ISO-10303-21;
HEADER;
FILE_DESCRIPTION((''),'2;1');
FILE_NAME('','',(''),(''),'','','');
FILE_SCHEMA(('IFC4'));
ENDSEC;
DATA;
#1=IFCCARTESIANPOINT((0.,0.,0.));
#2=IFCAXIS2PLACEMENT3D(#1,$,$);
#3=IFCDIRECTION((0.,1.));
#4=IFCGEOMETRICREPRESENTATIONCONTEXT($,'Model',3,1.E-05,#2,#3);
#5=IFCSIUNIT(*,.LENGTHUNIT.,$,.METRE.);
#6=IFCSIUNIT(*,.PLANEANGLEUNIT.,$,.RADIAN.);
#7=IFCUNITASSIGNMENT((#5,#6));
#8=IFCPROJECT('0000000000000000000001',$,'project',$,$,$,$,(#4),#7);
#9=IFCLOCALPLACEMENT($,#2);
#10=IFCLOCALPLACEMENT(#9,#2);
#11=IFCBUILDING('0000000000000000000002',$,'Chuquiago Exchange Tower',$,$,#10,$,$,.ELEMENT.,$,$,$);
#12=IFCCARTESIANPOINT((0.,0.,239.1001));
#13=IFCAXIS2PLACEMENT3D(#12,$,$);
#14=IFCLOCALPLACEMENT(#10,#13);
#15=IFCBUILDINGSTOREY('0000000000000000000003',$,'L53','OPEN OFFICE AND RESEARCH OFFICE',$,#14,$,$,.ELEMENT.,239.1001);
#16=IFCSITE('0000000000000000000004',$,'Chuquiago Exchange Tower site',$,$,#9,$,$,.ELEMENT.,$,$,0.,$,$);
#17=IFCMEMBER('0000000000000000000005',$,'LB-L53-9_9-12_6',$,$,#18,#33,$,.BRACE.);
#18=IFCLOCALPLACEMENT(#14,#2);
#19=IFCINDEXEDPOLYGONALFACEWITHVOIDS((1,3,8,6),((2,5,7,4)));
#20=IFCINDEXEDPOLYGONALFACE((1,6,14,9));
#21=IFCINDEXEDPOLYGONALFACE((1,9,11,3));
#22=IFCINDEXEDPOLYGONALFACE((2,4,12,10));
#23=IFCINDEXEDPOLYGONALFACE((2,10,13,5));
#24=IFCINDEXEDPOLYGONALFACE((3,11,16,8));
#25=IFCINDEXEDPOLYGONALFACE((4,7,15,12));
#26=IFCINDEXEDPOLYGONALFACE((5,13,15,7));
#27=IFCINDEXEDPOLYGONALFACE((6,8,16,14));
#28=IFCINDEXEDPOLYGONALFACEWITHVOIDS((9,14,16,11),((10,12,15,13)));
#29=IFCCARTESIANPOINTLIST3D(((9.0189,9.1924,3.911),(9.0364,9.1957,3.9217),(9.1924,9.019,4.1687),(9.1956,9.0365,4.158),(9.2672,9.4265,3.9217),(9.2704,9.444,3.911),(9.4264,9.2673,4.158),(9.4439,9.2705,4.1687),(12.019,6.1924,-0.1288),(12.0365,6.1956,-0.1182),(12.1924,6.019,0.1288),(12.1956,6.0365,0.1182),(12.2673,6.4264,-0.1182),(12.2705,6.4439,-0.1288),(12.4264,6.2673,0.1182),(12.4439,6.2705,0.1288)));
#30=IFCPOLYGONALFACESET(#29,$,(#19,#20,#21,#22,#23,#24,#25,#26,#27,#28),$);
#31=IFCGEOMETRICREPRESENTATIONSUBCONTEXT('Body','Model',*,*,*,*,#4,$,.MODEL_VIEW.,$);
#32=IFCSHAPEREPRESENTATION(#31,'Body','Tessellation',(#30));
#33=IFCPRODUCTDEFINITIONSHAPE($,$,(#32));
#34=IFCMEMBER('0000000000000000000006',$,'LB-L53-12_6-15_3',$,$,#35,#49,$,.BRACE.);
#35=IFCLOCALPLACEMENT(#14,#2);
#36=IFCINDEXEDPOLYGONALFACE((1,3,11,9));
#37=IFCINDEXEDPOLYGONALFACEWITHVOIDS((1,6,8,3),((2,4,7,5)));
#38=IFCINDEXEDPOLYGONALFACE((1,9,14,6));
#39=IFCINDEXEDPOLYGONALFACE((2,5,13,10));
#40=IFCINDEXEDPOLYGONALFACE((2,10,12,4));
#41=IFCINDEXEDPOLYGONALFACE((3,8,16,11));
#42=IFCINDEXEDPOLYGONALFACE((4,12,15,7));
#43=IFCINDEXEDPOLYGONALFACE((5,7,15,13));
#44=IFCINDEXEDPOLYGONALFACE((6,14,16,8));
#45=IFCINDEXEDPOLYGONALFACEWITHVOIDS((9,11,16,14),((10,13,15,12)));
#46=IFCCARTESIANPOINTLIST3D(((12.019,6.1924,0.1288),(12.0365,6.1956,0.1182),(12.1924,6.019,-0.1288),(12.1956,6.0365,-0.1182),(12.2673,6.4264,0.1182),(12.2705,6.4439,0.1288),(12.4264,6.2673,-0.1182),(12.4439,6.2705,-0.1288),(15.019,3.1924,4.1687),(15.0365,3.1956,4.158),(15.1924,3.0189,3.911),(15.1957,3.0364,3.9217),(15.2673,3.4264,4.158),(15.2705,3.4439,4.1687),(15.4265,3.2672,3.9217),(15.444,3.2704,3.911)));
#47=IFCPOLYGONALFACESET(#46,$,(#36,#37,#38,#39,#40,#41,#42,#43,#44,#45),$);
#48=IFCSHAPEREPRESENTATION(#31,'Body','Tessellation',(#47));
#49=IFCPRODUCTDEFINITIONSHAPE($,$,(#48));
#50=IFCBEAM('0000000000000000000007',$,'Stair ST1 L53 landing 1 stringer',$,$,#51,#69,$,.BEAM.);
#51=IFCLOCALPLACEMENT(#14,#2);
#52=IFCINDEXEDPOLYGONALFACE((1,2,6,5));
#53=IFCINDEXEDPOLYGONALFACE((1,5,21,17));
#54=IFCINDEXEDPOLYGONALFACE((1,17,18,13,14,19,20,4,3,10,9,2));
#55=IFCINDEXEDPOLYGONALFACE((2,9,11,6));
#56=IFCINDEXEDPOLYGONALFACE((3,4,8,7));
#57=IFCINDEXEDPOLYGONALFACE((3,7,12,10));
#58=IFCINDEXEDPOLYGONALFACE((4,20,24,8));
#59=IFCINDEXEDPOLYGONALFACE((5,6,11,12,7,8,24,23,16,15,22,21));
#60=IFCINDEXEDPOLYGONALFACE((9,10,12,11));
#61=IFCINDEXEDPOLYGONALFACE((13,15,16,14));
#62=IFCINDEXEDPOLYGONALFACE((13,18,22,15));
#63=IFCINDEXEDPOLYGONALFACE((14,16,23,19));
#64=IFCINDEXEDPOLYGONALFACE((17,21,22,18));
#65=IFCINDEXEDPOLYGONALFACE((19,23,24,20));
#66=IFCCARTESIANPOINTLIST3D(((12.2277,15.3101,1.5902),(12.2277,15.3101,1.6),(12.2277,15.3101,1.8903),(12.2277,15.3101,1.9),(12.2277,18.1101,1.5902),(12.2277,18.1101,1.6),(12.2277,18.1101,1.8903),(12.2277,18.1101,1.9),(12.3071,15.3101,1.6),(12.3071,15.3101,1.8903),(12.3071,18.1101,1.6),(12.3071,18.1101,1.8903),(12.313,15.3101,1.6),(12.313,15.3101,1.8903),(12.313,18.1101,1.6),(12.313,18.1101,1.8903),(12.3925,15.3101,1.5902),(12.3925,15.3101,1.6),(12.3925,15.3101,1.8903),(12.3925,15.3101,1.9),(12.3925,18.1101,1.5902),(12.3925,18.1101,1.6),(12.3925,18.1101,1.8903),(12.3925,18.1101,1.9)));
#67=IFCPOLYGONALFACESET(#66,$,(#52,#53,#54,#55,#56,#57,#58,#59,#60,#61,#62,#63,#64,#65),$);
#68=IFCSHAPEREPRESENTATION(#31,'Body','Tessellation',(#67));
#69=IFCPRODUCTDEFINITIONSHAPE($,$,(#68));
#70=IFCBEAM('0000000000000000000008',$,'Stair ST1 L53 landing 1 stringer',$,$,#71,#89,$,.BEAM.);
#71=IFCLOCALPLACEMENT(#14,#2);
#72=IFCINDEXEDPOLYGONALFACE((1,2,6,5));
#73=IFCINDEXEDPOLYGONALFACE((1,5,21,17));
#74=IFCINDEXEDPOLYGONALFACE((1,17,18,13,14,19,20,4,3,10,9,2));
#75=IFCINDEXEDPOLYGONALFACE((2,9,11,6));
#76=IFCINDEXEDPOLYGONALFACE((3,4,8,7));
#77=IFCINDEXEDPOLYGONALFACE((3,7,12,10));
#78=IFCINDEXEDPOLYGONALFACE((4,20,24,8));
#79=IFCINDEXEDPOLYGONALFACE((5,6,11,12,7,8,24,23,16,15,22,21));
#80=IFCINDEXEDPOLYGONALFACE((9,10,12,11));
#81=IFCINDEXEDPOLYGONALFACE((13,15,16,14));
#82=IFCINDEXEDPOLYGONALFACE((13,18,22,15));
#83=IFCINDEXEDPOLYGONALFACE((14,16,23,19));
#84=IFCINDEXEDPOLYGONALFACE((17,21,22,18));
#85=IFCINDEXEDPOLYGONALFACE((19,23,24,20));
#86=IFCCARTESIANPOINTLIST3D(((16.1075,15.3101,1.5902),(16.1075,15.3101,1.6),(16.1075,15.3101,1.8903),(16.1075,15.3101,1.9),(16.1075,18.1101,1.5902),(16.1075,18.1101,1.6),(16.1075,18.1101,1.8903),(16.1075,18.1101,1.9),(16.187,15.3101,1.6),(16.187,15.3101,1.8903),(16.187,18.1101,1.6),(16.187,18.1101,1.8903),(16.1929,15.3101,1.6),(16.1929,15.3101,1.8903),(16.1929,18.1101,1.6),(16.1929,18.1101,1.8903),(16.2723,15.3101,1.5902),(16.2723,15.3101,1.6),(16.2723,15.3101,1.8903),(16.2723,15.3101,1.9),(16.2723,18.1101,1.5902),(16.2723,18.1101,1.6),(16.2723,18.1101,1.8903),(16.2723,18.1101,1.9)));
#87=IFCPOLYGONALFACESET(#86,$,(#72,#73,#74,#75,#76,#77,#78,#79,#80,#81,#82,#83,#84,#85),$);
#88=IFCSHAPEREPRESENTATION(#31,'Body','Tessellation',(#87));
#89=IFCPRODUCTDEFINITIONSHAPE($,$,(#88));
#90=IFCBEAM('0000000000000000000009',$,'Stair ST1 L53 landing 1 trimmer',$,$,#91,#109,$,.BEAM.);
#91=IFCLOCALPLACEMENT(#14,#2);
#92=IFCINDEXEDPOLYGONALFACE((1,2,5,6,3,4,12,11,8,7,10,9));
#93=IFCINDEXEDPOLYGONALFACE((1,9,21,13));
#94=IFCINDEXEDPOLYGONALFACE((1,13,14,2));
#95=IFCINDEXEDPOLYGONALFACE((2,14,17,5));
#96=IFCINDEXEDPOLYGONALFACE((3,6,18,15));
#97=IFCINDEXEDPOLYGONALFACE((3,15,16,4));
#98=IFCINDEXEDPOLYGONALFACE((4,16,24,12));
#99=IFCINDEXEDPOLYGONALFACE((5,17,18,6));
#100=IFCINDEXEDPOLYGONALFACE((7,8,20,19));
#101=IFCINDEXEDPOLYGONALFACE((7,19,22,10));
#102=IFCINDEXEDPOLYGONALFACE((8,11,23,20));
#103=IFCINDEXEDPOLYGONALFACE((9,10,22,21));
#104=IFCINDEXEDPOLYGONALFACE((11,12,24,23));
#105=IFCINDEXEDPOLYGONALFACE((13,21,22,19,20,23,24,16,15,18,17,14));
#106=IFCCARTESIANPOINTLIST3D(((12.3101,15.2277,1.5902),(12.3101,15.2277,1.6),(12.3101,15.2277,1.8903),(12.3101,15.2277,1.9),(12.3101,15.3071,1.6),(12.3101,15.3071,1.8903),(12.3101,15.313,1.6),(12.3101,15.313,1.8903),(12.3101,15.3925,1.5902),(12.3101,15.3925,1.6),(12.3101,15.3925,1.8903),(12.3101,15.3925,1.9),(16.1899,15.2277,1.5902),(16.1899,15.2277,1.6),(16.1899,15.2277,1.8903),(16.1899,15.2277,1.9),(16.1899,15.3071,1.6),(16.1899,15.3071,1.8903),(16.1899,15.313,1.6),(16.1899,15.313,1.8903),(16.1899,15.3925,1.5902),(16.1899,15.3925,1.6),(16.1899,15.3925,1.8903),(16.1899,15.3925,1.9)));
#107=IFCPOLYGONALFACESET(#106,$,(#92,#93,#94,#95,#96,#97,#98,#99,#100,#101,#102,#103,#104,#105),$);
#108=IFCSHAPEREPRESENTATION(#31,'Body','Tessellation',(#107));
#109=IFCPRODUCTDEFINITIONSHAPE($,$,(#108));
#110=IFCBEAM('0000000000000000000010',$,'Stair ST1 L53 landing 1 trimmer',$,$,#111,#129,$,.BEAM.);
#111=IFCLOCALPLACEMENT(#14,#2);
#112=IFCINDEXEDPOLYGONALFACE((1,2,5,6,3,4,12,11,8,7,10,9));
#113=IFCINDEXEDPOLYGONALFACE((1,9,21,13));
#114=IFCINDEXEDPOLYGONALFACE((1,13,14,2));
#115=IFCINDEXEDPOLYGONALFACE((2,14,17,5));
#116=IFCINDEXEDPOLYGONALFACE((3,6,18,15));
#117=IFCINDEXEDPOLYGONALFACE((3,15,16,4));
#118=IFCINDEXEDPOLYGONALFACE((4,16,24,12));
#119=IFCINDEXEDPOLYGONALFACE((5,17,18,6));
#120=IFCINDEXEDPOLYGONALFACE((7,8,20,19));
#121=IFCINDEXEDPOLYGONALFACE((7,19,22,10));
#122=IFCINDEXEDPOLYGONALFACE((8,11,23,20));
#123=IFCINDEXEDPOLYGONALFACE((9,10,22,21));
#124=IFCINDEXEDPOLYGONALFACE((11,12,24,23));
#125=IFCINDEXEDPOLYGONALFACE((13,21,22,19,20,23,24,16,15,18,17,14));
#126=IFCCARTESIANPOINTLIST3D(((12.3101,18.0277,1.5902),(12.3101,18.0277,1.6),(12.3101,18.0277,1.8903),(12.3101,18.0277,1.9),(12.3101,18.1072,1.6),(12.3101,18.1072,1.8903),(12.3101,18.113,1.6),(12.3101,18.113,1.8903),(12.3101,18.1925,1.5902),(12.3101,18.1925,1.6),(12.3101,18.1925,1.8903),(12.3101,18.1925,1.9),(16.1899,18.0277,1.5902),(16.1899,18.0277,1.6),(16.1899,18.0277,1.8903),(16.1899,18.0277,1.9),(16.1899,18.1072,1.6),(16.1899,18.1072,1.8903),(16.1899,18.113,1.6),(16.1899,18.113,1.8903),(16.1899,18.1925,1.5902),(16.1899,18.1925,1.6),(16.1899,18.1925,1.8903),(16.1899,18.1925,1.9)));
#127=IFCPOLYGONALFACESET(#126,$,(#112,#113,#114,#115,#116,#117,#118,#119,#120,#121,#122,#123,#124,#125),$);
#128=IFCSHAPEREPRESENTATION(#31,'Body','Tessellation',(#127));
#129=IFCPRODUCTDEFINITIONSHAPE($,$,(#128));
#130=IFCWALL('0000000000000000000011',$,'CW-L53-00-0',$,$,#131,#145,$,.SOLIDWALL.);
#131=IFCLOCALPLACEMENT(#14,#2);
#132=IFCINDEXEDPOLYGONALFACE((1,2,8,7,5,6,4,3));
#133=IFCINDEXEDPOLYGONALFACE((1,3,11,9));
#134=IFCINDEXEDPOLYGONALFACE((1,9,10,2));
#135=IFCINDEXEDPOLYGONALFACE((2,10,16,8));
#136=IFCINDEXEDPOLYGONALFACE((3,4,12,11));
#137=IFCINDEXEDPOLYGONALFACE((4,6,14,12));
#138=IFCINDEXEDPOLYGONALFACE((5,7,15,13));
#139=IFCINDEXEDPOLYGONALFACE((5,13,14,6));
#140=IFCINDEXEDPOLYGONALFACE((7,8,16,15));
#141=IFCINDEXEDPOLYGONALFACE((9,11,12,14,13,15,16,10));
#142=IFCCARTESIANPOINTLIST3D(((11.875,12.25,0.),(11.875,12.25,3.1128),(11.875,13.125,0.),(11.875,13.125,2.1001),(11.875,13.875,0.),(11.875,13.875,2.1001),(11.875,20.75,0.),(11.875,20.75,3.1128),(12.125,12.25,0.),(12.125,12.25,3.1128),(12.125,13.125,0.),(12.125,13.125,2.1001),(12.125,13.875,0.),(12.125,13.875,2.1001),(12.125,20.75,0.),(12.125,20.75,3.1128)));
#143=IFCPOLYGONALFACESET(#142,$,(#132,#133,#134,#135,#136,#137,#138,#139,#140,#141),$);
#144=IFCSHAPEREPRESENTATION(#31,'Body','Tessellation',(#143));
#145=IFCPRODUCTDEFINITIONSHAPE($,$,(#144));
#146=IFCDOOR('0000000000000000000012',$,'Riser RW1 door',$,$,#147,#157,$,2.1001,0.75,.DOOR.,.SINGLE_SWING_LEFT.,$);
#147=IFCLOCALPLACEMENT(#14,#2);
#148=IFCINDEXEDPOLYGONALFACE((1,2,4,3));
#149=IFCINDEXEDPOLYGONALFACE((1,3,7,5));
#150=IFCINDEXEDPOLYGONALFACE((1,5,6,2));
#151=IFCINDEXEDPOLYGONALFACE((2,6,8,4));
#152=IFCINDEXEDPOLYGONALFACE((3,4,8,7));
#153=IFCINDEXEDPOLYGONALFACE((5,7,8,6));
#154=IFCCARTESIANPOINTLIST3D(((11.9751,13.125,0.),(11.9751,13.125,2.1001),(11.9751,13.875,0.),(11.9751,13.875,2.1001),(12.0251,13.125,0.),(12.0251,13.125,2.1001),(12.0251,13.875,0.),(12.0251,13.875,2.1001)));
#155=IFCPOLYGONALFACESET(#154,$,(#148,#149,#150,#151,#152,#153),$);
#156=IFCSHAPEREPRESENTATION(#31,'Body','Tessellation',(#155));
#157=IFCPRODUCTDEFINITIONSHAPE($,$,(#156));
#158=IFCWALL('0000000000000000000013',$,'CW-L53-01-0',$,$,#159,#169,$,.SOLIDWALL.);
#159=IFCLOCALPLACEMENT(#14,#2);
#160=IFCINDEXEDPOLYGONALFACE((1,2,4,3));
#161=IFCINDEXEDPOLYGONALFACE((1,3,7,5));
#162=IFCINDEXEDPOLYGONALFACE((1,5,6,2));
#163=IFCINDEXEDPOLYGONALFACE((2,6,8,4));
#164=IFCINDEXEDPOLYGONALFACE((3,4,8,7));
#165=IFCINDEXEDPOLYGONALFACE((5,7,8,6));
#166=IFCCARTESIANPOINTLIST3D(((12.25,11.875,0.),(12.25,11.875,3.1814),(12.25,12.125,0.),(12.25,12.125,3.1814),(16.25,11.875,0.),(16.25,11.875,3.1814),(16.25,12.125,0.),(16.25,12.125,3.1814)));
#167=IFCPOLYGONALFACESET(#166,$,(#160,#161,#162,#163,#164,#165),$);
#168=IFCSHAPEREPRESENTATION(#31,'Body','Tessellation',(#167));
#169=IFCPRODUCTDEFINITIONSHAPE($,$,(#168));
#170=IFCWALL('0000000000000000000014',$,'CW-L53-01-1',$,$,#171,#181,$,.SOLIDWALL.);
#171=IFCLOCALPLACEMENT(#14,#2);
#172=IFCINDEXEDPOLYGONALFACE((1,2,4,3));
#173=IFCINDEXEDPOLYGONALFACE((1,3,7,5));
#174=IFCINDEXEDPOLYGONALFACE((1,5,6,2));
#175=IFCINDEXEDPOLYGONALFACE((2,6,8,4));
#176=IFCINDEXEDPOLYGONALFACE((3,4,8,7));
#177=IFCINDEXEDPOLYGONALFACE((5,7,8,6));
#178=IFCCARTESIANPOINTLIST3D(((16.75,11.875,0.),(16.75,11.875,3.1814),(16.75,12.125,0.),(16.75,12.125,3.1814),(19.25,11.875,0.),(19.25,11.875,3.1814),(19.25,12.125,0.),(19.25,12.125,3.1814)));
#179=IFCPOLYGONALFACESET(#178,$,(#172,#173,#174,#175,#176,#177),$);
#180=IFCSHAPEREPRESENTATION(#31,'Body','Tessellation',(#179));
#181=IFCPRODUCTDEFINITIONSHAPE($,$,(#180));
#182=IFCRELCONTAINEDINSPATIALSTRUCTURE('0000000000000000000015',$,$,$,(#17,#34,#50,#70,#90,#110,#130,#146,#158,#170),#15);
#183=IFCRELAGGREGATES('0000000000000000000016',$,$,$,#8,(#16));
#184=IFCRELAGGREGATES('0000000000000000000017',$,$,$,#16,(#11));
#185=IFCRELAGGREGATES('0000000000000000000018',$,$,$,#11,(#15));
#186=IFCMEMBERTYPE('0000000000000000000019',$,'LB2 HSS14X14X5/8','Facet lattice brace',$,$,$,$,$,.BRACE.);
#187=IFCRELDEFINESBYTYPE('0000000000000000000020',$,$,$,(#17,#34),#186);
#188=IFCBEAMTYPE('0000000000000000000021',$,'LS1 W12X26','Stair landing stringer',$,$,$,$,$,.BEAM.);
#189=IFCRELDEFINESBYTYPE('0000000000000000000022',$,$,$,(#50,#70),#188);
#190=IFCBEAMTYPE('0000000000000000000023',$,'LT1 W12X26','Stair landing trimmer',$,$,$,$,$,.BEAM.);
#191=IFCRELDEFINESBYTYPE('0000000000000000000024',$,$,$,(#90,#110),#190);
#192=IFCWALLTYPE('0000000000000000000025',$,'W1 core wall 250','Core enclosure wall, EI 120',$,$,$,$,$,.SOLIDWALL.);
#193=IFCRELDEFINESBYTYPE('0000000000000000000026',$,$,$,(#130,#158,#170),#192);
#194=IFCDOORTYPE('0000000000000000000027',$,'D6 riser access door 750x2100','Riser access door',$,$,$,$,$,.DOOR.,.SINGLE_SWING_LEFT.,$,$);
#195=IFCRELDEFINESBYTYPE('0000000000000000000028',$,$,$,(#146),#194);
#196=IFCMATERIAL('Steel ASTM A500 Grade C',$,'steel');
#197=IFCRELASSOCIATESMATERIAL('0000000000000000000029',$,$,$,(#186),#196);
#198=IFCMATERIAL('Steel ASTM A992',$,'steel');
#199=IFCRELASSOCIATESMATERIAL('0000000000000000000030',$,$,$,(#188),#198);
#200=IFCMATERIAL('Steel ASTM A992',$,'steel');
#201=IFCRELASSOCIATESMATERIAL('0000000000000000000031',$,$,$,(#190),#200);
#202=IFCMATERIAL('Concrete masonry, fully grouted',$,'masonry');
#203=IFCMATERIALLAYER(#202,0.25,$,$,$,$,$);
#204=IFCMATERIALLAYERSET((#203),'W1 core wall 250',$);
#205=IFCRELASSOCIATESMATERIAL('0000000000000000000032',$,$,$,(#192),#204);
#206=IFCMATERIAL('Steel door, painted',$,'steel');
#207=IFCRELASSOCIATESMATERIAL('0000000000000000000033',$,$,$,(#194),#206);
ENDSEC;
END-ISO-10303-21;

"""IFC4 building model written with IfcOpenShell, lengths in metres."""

from ifc_helpers import new_model, si_unit, direction, frame, frame_2d, origin, origin_2d, place, context, subcontext, project, spatial, rectangle, hollow_rectangle, i_section, extrude, material, layer, layer_set, material_profile, profile_set, type_object, element, fill, save


model = new_model("IFC4")

# Units and contexts
model_context = context("Model", 3, precision=1e-05, world=origin(), true_north=direction((0.0, 1.0)))
body_context = subcontext(model_context, "Body", "Model", "MODEL_VIEW")
ifc_project = project(units=[si_unit("LENGTHUNIT", "METRE"), si_unit("PLANEANGLEUNIT", "RADIAN")], contexts=[model_context])

# Site, building, storey
site_placement = place(None, origin())
site = spatial("IfcSite", under=ifc_project, at=site_placement, Name="Chuquiago Exchange Tower site", CompositionType="ELEMENT", RefElevation=0.0)
building_placement = place(site_placement, origin())
building = spatial("IfcBuilding", under=site, at=building_placement, Name="Chuquiago Exchange Tower", CompositionType="ELEMENT")
storey_placement = place(building_placement, frame((0.0, 0.0, 239.1001)))
storey = spatial("IfcBuildingStorey", under=building, at=storey_placement, Name="L53", Description="OPEN OFFICE AND RESEARCH OFFICE", CompositionType="ELEMENT", Elevation=239.1001)

# Members
ifc_material_1 = material(Name="Steel ASTM A500 Grade C", Category="steel")
ifc_material_profile_1 = material_profile(ifc_material_1, hollow_rectangle(XDim=0.3557, YDim=0.3557, WallThickness=0.0146, at=origin_2d()), Name="HSS14X14X5/8")
ifc_profile_set_1 = profile_set([ifc_material_profile_1], Name="Steel ASTM A500 Grade C")
member_type_1 = type_object("IfcMemberType", Name="LB2 HSS14X14X5/8", Description="Facet lattice brace", PredefinedType="BRACE", material=ifc_profile_set_1)
for number, where, z_axis, x_axis, name in (
    (1, (12.2314, 6.2314, 0.0), (-0.512092, 0.512092, 0.689582), (-0.707107, -0.707107, 0.0), "LB-L53-9_9-12_6"),
    (2, (12.2314, 6.2314, 0.0), (0.512092, -0.512092, 0.689582), (0.707107, 0.707107, 0.0), "LB-L53-12_6-15_3"),
):
    element("IfcMember", number, at=place(storey_placement, frame(where, z_axis=z_axis, x_axis=x_axis)), inside=storey, type_object=member_type_1, Name=name, PredefinedType="BRACE", context=body_context, shape_type="SweptSolid", body=[
        extrude(hollow_rectangle(XDim=0.3557, YDim=0.3557, WallThickness=0.0146, at=origin_2d()), origin(), (0.0, 0.0, 1.0), 5.8584),
    ])

# Beams
ifc_material_2 = material(Name="Steel ASTM A992", Category="steel")
ifc_material_profile_2 = material_profile(ifc_material_2, i_section(OverallWidth=0.1648, OverallDepth=0.3098, WebThickness=0.0059, FlangeThickness=0.0098, at=origin_2d()), Name="W12X26")
ifc_profile_set_2 = profile_set([ifc_material_profile_2], Name="Steel ASTM A992")
beam_type_1 = type_object("IfcBeamType", Name="LS1 W12X26", Description="Stair landing stringer", PredefinedType="BEAM", material=ifc_profile_set_2)
for number, where, z_axis, x_axis, name in (
    (3, (12.3101, 15.3101, 1.7451), (0.0, 1.0, 0.0), (-1.0, 0.0, 0.0), "Stair ST1 L53 landing 1 stringer"),
    (4, (16.1899, 15.3101, 1.7451), (0.0, 1.0, 0.0), (-1.0, 0.0, 0.0), "Stair ST1 L53 landing 1 stringer"),
):
    element("IfcBeam", number, at=place(storey_placement, frame(where, z_axis=z_axis, x_axis=x_axis)), inside=storey, type_object=beam_type_1, Name=name, PredefinedType="BEAM", context=body_context, shape_type="SweptSolid", body=[
        extrude(i_section(OverallWidth=0.1648, OverallDepth=0.3098, WebThickness=0.0059, FlangeThickness=0.0098, at=origin_2d()), origin(), (0.0, 0.0, 1.0), 2.8),
    ])
ifc_material_3 = material(Name="Steel ASTM A992", Category="steel")
ifc_material_profile_3 = material_profile(ifc_material_3, i_section(OverallWidth=0.1648, OverallDepth=0.3098, WebThickness=0.0059, FlangeThickness=0.0098, at=origin_2d()), Name="W12X26")
ifc_profile_set_3 = profile_set([ifc_material_profile_3], Name="Steel ASTM A992")
beam_type_2 = type_object("IfcBeamType", Name="LT1 W12X26", Description="Stair landing trimmer", PredefinedType="BEAM", material=ifc_profile_set_3)
for number, where, z_axis, x_axis, name in (
    (5, (12.3101, 15.3101, 1.7451), (1.0, 0.0, 0.0), (0.0, 1.0, 0.0), "Stair ST1 L53 landing 1 trimmer"),
    (6, (12.3101, 18.1101, 1.7451), (1.0, 0.0, 0.0), (0.0, 1.0, 0.0), "Stair ST1 L53 landing 1 trimmer"),
):
    element("IfcBeam", number, at=place(storey_placement, frame(where, z_axis=z_axis, x_axis=x_axis)), inside=storey, type_object=beam_type_2, Name=name, PredefinedType="BEAM", context=body_context, shape_type="SweptSolid", body=[
        extrude(i_section(OverallWidth=0.1648, OverallDepth=0.3098, WebThickness=0.0059, FlangeThickness=0.0098, at=origin_2d()), origin(), (0.0, 0.0, 1.0), 3.8799),
    ])

# Wall, opening, door
ifc_material_4 = material(Name="Concrete masonry, fully grouted", Category="masonry")
ifc_layer_1 = layer(ifc_material_4, 0.25)
ifc_layer_set_1 = layer_set([ifc_layer_1], Name="W1 core wall 250")
wall_type_1 = type_object("IfcWallType", Name="W1 core wall 250", Description="Core enclosure wall, EI 120", PredefinedType="SOLIDWALL", material=ifc_layer_set_1)
wall_1_placement = place(storey_placement, frame((12.0, 12.25, 0.0), z_axis=(0.0, 0.0, 1.0), x_axis=(0.0, 1.0, 0.0)))
wall_1 = element("IfcWall", 7, at=wall_1_placement, inside=storey, type_object=wall_type_1, Name="CW-L53-00-0", PredefinedType="SOLIDWALL", context=body_context, shape_type="SweptSolid", body=[
    extrude(rectangle(XDim=8.5, YDim=0.25, at=frame_2d((4.25, 0.0))), origin(), (0.0, 0.0, 1.0), 3.1128),
])
opening_placement = place(wall_1_placement, frame((0.875, 0.0, 0.0)))
opening = element("IfcOpeningElement", 8, at=opening_placement, cuts=wall_1, PredefinedType="OPENING", context=body_context, shape_type="SweptSolid", body=[
    extrude(rectangle(XDim=0.75, YDim=2.1001, at=frame_2d((0.375, 1.05))), frame((0.0, 0.135, 0.0), z_axis=(0.0, -1.0, 0.0), x_axis=(1.0, 0.0, 0.0)), (0.0, 0.0, 1.0), 0.27),
])
ifc_material_5 = material(Name="Steel door, painted", Category="steel")
door_type = type_object("IfcDoorType", Name="D6 riser access door 750x2100", Description="Riser access door", OperationType="SINGLE_SWING_LEFT", PredefinedType="DOOR", material=ifc_material_5)
door_placement = place(opening_placement, origin())
door = element("IfcDoor", 9, at=door_placement, inside=storey, type_object=door_type, Name="Riser RW1 door", OperationType="SINGLE_SWING_LEFT", OverallHeight=2.1001, OverallWidth=0.75, PredefinedType="DOOR", context=body_context, shape_type="SweptSolid", body=[
    extrude(rectangle(XDim=0.75, YDim=2.1001, at=frame_2d((0.375, 1.05))), frame((0.0, 0.0249, 0.0), z_axis=(0.0, -1.0, 0.0), x_axis=(1.0, 0.0, 0.0)), (0.0, 0.0, 1.0), 0.05),
])
fill(opening, door)

# Walls
wall_2_placement = place(storey_placement, frame((12.25, 12.0, 0.0), z_axis=(0.0, 0.0, 1.0), x_axis=(1.0, 0.0, 0.0)))
element("IfcWall", 10, at=wall_2_placement, inside=storey, type_object=wall_type_1, Name="CW-L53-01-0", PredefinedType="SOLIDWALL", context=body_context, shape_type="SweptSolid", body=[
    extrude(rectangle(XDim=4.0, YDim=0.25, at=frame_2d((2.0, 0.0))), origin(), (0.0, 0.0, 1.0), 3.1814),
])
wall_3_placement = place(storey_placement, frame((16.75, 12.0, 0.0), z_axis=(0.0, 0.0, 1.0), x_axis=(1.0, 0.0, 0.0)))
element("IfcWall", 11, at=wall_3_placement, inside=storey, type_object=wall_type_1, Name="CW-L53-01-1", PredefinedType="SOLIDWALL", context=body_context, shape_type="SweptSolid", body=[
    extrude(rectangle(XDim=2.5, YDim=0.25, at=frame_2d((1.25, 0.0))), origin(), (0.0, 0.0, 1.0), 3.1814),
])

save(model, "model.ifc")
